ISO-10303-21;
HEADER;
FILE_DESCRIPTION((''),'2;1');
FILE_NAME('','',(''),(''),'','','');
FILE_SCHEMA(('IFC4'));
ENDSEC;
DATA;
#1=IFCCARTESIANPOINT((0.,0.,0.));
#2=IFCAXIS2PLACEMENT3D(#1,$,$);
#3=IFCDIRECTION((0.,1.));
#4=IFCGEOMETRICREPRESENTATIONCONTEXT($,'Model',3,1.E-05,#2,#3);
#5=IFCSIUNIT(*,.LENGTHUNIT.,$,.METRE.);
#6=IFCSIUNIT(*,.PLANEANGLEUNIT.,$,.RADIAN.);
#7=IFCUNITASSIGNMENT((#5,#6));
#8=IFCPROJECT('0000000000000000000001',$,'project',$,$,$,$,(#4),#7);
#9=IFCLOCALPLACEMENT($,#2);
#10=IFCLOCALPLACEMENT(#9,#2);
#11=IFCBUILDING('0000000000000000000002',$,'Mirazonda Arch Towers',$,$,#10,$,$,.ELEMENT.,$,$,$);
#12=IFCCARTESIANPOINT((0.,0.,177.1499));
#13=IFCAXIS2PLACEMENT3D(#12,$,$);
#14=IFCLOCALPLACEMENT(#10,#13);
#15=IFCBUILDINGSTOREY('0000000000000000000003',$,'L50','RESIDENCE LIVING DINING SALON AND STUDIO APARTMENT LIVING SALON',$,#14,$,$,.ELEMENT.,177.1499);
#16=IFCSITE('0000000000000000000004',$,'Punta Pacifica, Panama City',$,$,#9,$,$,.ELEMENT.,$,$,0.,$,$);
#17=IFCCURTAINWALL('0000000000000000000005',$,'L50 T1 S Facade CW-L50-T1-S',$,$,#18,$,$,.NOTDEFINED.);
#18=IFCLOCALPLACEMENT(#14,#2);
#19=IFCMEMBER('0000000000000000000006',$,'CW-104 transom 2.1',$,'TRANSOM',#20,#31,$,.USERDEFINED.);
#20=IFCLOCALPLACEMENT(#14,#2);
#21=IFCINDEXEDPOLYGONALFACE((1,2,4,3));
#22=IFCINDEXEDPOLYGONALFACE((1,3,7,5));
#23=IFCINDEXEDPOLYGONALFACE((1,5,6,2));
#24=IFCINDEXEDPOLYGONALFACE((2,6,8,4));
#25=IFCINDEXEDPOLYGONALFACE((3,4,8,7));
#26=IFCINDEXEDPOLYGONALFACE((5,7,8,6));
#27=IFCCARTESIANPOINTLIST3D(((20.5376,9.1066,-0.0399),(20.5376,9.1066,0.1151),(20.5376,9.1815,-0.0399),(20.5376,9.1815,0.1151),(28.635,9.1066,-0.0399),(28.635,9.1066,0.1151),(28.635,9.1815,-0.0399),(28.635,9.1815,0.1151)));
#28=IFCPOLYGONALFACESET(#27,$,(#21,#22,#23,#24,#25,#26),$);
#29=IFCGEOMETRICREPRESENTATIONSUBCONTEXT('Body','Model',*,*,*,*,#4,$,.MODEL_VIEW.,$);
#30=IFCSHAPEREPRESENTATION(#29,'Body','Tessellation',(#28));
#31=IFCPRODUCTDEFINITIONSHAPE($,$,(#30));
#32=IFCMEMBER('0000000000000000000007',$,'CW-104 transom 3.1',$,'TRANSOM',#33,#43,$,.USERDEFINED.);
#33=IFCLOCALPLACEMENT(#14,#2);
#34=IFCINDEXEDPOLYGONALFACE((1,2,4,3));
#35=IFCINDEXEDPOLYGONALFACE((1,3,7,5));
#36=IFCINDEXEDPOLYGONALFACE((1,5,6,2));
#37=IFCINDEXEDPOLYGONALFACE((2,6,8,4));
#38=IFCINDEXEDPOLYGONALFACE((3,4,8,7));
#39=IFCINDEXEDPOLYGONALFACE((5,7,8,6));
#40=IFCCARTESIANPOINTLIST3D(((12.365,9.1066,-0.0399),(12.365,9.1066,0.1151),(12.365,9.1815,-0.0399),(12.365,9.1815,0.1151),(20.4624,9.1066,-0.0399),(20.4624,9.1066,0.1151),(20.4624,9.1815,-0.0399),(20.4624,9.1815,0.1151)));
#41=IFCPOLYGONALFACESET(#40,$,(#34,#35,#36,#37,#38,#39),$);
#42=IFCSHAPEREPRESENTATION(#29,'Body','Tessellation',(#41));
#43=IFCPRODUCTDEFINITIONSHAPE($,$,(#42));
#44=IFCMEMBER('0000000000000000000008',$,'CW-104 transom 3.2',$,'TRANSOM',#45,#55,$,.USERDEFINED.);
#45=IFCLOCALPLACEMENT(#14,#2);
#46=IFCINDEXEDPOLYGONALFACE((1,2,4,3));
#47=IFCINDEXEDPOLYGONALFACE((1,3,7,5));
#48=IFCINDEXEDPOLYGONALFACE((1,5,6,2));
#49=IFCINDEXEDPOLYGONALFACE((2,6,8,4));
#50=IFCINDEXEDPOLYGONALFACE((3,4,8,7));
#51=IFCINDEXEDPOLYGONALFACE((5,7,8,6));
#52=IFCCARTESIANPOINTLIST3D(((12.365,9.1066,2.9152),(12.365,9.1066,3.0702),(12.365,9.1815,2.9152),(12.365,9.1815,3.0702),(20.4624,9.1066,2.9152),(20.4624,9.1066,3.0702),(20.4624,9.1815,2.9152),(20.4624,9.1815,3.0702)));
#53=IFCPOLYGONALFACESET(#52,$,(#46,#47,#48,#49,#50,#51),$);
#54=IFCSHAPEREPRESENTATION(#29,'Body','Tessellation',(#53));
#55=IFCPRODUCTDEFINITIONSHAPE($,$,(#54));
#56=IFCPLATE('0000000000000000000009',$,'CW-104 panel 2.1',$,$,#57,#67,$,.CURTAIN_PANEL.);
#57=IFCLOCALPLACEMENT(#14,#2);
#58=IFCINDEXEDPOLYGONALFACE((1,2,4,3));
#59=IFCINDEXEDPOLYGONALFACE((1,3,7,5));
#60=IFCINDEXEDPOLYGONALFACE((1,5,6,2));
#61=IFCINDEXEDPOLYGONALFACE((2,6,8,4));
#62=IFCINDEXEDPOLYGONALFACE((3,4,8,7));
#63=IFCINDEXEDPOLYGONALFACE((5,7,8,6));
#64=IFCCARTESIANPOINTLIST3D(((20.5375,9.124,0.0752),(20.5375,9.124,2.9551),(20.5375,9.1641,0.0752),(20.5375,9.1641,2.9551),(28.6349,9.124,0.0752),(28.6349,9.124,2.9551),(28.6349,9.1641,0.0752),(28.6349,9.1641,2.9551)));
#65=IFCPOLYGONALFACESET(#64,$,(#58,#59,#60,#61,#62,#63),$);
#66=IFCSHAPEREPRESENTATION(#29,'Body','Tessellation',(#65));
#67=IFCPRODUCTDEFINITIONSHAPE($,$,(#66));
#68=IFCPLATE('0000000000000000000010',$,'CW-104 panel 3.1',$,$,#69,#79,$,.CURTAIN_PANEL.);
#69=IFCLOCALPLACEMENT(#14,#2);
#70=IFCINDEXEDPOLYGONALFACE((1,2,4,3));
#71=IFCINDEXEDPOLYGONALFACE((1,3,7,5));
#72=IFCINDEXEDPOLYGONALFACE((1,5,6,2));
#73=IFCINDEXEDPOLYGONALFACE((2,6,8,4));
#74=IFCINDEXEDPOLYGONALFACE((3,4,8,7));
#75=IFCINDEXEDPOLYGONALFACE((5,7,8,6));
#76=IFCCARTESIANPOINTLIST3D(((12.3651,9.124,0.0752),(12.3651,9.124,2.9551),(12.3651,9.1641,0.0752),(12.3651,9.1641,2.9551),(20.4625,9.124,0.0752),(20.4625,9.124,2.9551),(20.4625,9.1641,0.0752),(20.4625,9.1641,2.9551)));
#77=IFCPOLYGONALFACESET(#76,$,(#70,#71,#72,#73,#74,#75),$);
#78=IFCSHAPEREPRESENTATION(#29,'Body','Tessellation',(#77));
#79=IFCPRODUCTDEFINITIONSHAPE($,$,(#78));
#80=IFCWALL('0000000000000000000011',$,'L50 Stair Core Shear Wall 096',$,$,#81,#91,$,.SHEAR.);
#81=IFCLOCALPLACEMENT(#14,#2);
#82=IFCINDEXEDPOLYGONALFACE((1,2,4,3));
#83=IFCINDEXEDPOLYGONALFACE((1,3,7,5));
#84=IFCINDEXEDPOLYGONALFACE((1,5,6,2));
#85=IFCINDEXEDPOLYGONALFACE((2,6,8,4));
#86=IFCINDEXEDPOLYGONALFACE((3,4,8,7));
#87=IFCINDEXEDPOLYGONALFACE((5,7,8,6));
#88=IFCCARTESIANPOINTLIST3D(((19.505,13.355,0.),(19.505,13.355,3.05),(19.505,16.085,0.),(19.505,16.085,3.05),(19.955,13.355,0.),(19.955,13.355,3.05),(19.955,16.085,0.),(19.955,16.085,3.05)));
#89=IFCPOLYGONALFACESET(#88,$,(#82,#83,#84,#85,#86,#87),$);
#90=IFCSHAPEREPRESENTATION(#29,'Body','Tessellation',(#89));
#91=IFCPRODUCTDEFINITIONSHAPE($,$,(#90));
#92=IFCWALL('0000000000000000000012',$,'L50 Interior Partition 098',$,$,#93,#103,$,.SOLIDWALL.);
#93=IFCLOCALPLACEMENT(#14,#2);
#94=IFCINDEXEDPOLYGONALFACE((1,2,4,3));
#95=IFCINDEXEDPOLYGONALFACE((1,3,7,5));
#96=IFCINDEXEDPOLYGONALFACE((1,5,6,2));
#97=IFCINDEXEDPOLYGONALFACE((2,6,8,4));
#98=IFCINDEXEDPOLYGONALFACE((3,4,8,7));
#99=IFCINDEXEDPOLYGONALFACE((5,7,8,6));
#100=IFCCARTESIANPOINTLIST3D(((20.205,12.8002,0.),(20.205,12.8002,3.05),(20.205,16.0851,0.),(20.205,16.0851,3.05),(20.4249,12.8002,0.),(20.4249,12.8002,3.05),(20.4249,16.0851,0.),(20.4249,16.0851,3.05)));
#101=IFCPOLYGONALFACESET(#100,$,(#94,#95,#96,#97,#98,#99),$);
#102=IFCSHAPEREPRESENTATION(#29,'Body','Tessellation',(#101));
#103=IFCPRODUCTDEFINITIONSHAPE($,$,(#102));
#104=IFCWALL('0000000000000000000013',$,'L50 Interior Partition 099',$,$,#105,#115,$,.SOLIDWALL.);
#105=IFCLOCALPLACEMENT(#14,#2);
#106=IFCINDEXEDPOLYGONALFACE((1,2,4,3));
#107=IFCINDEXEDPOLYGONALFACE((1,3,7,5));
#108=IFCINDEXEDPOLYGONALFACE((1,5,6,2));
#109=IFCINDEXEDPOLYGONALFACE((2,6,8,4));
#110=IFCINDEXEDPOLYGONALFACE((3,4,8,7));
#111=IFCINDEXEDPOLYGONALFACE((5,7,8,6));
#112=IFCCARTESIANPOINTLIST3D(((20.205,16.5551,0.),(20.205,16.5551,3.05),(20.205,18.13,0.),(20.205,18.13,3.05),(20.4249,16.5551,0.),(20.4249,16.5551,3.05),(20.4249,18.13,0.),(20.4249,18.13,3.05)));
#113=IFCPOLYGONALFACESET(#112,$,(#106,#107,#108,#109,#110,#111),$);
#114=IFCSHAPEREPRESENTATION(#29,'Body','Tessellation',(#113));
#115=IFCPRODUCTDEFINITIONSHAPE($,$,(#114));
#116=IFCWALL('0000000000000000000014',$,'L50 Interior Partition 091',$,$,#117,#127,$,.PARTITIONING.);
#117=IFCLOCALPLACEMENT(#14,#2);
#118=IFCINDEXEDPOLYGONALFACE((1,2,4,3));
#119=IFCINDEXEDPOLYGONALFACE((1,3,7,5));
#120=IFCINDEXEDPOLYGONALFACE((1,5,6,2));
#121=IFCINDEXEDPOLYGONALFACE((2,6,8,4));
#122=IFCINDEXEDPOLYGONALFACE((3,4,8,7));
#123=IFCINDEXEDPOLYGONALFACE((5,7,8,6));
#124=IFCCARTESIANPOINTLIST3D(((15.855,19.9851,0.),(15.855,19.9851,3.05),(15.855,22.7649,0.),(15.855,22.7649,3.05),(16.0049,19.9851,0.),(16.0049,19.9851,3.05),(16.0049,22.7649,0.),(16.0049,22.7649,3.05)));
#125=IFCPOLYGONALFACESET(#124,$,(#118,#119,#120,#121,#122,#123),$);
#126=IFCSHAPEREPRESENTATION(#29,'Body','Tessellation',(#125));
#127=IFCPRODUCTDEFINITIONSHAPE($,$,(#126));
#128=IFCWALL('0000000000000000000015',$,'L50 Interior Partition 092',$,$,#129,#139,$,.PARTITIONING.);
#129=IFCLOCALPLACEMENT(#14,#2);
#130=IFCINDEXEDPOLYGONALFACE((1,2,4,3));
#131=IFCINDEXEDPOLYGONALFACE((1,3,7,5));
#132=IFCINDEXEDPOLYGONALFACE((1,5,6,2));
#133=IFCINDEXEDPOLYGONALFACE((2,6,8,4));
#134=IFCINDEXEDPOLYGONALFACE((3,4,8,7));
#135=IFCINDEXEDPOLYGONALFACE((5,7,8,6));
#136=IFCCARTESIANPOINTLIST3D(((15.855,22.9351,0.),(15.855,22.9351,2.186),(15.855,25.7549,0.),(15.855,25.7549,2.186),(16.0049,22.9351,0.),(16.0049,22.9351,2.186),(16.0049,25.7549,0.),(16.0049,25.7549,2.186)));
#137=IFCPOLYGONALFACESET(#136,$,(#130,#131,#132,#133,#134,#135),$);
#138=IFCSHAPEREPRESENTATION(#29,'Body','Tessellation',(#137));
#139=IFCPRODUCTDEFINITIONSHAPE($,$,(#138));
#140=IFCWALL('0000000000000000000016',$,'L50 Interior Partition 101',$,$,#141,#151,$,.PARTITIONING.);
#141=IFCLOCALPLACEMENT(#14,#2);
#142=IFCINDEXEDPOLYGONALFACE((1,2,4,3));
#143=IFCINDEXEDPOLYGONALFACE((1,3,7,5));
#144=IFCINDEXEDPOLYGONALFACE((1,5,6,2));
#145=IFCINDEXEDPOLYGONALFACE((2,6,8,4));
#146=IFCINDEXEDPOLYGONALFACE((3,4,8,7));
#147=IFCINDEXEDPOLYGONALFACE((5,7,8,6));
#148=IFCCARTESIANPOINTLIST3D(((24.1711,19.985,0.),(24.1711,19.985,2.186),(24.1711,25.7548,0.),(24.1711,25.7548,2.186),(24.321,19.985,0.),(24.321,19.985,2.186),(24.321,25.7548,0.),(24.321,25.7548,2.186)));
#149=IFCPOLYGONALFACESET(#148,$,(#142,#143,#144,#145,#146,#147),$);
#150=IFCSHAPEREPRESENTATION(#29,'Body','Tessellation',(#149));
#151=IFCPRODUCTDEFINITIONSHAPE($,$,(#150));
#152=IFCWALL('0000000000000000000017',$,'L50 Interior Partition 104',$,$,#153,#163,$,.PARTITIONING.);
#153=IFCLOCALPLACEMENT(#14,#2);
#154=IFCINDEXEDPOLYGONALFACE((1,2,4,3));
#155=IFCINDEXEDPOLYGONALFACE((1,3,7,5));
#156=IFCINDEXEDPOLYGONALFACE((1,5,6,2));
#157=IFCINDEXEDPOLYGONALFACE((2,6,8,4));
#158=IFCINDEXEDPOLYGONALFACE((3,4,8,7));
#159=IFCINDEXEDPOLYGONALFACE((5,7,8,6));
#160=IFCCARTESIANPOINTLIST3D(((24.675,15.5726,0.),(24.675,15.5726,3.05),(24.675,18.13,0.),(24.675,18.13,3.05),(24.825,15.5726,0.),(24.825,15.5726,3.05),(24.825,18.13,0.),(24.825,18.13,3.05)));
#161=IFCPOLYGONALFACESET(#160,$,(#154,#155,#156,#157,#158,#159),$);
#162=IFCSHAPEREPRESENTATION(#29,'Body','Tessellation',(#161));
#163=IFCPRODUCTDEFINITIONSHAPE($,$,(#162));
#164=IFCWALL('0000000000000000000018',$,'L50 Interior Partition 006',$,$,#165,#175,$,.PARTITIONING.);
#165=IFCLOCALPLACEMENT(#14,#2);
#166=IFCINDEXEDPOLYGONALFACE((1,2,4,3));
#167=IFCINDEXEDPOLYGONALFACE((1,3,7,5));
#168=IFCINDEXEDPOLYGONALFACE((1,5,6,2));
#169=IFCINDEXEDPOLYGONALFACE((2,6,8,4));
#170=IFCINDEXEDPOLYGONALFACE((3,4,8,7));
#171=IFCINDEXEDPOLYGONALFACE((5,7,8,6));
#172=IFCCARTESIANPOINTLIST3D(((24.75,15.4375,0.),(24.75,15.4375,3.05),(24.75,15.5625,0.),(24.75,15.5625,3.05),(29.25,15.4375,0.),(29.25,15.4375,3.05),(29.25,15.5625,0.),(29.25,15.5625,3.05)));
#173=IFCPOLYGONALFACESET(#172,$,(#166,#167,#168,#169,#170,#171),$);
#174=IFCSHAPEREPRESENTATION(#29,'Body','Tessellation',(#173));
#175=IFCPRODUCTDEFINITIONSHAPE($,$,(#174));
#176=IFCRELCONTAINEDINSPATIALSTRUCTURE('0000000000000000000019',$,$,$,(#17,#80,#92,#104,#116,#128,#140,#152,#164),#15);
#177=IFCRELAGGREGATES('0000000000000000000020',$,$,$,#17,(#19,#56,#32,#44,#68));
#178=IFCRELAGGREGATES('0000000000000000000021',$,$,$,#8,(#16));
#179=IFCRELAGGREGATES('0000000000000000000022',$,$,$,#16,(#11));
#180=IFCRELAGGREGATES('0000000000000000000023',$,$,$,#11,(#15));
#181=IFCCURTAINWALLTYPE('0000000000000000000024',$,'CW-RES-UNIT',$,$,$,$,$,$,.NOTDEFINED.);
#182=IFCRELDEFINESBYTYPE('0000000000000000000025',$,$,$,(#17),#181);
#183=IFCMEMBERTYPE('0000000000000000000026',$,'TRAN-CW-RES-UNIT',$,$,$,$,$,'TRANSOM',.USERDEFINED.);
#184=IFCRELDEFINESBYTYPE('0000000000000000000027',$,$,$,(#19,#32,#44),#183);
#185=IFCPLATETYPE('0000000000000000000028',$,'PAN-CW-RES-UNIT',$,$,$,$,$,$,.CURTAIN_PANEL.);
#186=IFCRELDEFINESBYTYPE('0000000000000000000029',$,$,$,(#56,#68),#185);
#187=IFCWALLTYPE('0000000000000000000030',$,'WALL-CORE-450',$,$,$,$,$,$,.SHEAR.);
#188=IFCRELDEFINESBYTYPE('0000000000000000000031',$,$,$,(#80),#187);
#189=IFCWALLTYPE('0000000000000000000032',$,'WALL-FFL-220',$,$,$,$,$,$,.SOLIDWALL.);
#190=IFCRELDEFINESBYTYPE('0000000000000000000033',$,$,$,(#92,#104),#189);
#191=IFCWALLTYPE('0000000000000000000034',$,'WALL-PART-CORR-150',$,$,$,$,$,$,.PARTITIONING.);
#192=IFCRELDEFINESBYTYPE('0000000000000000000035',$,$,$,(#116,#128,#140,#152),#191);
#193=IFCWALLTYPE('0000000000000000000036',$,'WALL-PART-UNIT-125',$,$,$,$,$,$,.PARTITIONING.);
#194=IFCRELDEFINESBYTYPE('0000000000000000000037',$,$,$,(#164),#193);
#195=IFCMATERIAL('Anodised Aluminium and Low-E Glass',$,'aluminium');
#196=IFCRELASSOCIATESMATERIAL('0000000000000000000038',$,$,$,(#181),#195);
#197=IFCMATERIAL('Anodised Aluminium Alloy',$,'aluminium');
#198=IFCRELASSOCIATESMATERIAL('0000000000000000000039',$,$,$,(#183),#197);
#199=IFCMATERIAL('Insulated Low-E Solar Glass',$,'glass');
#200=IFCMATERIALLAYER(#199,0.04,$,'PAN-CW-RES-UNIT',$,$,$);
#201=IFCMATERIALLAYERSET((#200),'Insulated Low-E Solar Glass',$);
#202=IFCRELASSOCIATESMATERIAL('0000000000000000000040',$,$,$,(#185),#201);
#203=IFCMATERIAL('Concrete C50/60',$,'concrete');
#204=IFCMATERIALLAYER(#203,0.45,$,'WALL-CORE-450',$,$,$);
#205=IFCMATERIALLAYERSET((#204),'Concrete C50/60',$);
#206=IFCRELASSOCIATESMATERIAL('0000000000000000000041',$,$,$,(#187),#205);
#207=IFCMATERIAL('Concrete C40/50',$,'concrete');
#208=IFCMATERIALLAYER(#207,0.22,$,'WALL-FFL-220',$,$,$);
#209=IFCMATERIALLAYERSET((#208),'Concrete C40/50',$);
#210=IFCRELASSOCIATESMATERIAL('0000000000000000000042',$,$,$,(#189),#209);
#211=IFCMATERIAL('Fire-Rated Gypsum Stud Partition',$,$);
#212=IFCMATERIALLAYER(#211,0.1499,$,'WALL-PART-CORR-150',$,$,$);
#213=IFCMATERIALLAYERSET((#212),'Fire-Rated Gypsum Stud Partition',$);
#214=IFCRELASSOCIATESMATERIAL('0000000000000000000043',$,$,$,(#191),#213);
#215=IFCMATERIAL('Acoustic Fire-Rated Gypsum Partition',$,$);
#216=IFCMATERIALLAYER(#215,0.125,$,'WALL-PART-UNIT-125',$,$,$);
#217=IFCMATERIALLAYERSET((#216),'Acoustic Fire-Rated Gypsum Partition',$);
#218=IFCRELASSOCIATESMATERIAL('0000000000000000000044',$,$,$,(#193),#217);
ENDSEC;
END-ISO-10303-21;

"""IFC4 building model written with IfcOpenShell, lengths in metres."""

from ifc_helpers import new_model, si_unit, direction, frame, frame_2d, origin, origin_2d, place, context, subcontext, project, spatial, rectangle, extrude, material, layer, layer_set, material_profile, profile_set, type_object, element, aggregate, save


model = new_model("IFC4")

# Units and contexts
model_context = context("Model", 3, precision=1e-05, world=origin(), true_north=direction((0.0, 1.0)))
body_context = subcontext(model_context, "Body", "Model", "MODEL_VIEW")
ifc_project = project(units=[si_unit("LENGTHUNIT", "METRE"), si_unit("PLANEANGLEUNIT", "RADIAN")], contexts=[model_context])

# Site, building, storey
site_placement = place(None, origin())
site = spatial("IfcSite", under=ifc_project, at=site_placement, Name="Punta Pacifica, Panama City", CompositionType="ELEMENT", RefElevation=0.0)
building_placement = place(site_placement, origin())
building = spatial("IfcBuilding", under=site, at=building_placement, Name="Mirazonda Arch Towers", CompositionType="ELEMENT")
storey_placement = place(building_placement, frame((0.0, 0.0, 177.1499)))
storey = spatial("IfcBuildingStorey", under=building, at=storey_placement, Name="L50", Description="RESIDENCE LIVING DINING SALON AND STUDIO APARTMENT LIVING SALON", CompositionType="ELEMENT", Elevation=177.1499)

# Shared definitions
ifc_material_1 = material(Name="Concrete C50/60", Category="concrete")

# Curtain wall, members, plates
ifc_material_2 = material(Name="Anodised Aluminium and Low-E Glass", Category="aluminium")
curtain_wall_type = type_object("IfcCurtainWallType", Name="CW-RES-UNIT", PredefinedType="NOTDEFINED", material=ifc_material_2)
curtain_wall_placement = place(storey_placement, origin())
curtain_wall = element("IfcCurtainWall", 1, at=curtain_wall_placement, inside=storey, type_object=curtain_wall_type, Name="L50 T1 S Facade CW-L50-T1-S", PredefinedType="NOTDEFINED")
ifc_material_3 = material(Name="Anodised Aluminium Alloy", Category="aluminium")
ifc_material_profile_1 = material_profile(ifc_material_3, rectangle(XDim=0.075, YDim=0.155, at=origin_2d()), Name="ALU-TRAN-75x155")
ifc_profile_set_1 = profile_set([ifc_material_profile_1], Name="Anodised Aluminium Alloy")
member_type_1 = type_object("IfcMemberType", Name="TRAN-CW-RES-UNIT", ElementType="TRANSOM", PredefinedType="USERDEFINED", material=ifc_profile_set_1)
member_1_placement = place(storey_placement, frame((28.635, 9.144, 0.0376), z_axis=(-1.0, 0.0, 0.0), x_axis=(0.0, -1.0, 0.0)))
member_1 = element("IfcMember", 2, at=member_1_placement, type_object=member_type_1, Name="CW-104 transom 2.1", ObjectType="TRANSOM", PredefinedType="USERDEFINED", context=body_context, shape_type="SweptSolid", body=[
    extrude(rectangle(XDim=0.075, YDim=0.155, at=origin_2d()), origin(), (0.0, 0.0, 1.0), 8.0974),
])
member_2_placement = place(storey_placement, frame((20.4624, 9.144, 0.0376), z_axis=(-1.0, 0.0, 0.0), x_axis=(0.0, -1.0, 0.0)))
member_2 = element("IfcMember", 3, at=member_2_placement, type_object=member_type_1, Name="CW-104 transom 3.1", ObjectType="TRANSOM", PredefinedType="USERDEFINED", context=body_context, shape_type="SweptSolid", body=[
    extrude(rectangle(XDim=0.075, YDim=0.155, at=origin_2d()), origin(), (0.0, 0.0, 1.0), 8.0974),
])
member_3_placement = place(storey_placement, frame((20.4624, 9.144, 2.9927), z_axis=(-1.0, 0.0, 0.0), x_axis=(0.0, -1.0, 0.0)))
member_3 = element("IfcMember", 4, at=member_3_placement, type_object=member_type_1, Name="CW-104 transom 3.2", ObjectType="TRANSOM", PredefinedType="USERDEFINED", context=body_context, shape_type="SweptSolid", body=[
    extrude(rectangle(XDim=0.075, YDim=0.155, at=origin_2d()), origin(), (0.0, 0.0, 1.0), 8.0974),
])
ifc_material_4 = material(Name="Insulated Low-E Solar Glass", Category="glass")
ifc_layer_1 = layer(ifc_material_4, 0.04, Name="PAN-CW-RES-UNIT")
ifc_layer_set_1 = layer_set([ifc_layer_1], Name="Insulated Low-E Solar Glass")
plate_type = type_object("IfcPlateType", Name="PAN-CW-RES-UNIT", PredefinedType="CURTAIN_PANEL", material=ifc_layer_set_1)
plate_1_placement = place(storey_placement, frame((24.5862, 9.144, 0.0752), z_axis=(0.0, 0.0, 1.0), x_axis=(-1.0, 0.0, 0.0)))
plate_1 = element("IfcPlate", 5, at=plate_1_placement, type_object=plate_type, Name="CW-104 panel 2.1", PredefinedType="CURTAIN_PANEL", context=body_context, shape_type="SweptSolid", body=[
    extrude(rectangle(XDim=8.0974, YDim=0.04, at=origin_2d()), origin(), (0.0, 0.0, 1.0), 2.8799),
])
plate_2_placement = place(storey_placement, frame((16.4138, 9.144, 0.0752), z_axis=(0.0, 0.0, 1.0), x_axis=(-1.0, 0.0, 0.0)))
plate_2 = element("IfcPlate", 6, at=plate_2_placement, type_object=plate_type, Name="CW-104 panel 3.1", PredefinedType="CURTAIN_PANEL", context=body_context, shape_type="SweptSolid", body=[
    extrude(rectangle(XDim=8.0974, YDim=0.04, at=origin_2d()), origin(), (0.0, 0.0, 1.0), 2.8799),
])
aggregate(curtain_wall, [member_1, plate_1, member_2, member_3, plate_2])

# Walls
ifc_layer_2 = layer(ifc_material_1, 0.45, Name="WALL-CORE-450")
ifc_layer_set_2 = layer_set([ifc_layer_2], Name="Concrete C50/60")
wall_type_1 = type_object("IfcWallType", Name="WALL-CORE-450", PredefinedType="SHEAR", material=ifc_layer_set_2)
wall_1_placement = place(storey_placement, frame((19.73, 13.355, 0.0), z_axis=(0.0, 0.0, 1.0), x_axis=(0.0, 1.0, 0.0)))
element("IfcWall", 7, at=wall_1_placement, inside=storey, type_object=wall_type_1, Name="L50 Stair Core Shear Wall 096", PredefinedType="SHEAR", context=body_context, shape_type="SweptSolid", body=[
    extrude(rectangle(XDim=2.73, YDim=0.45, at=frame_2d((1.365, 0.0))), origin(), (0.0, 0.0, 1.0), 3.05),
])
ifc_material_5 = material(Name="Concrete C40/50", Category="concrete")
ifc_layer_3 = layer(ifc_material_5, 0.22, Name="WALL-FFL-220")
ifc_layer_set_3 = layer_set([ifc_layer_3], Name="Concrete C40/50")
wall_type_2 = type_object("IfcWallType", Name="WALL-FFL-220", PredefinedType="SOLIDWALL", material=ifc_layer_set_3)
wall_2_placement = place(storey_placement, frame((20.3149, 12.8, 0.0), z_axis=(0.0, 0.0, 1.0), x_axis=(0.0, 1.0, 0.0)))
element("IfcWall", 8, at=wall_2_placement, inside=storey, type_object=wall_type_2, Name="L50 Interior Partition 098", PredefinedType="SOLIDWALL", context=body_context, shape_type="SweptSolid", body=[
    extrude(rectangle(XDim=3.2849, YDim=0.22, at=frame_2d((1.6426, 0.0))), origin(), (0.0, 0.0, 1.0), 3.05),
])
wall_3_placement = place(storey_placement, frame((20.3149, 16.5549, 0.0), z_axis=(0.0, 0.0, 1.0), x_axis=(0.0, 1.0, 0.0)))
element("IfcWall", 9, at=wall_3_placement, inside=storey, type_object=wall_type_2, Name="L50 Interior Partition 099", PredefinedType="SOLIDWALL", context=body_context, shape_type="SweptSolid", body=[
    extrude(rectangle(XDim=1.575, YDim=0.22, at=frame_2d((0.7876, 0.0))), origin(), (0.0, 0.0, 1.0), 3.05),
])
ifc_material_6 = material(Name="Fire-Rated Gypsum Stud Partition")
ifc_layer_4 = layer(ifc_material_6, 0.1499, Name="WALL-PART-CORR-150")
ifc_layer_set_4 = layer_set([ifc_layer_4], Name="Fire-Rated Gypsum Stud Partition")
wall_type_3 = type_object("IfcWallType", Name="WALL-PART-CORR-150", PredefinedType="PARTITIONING", material=ifc_layer_set_4)
wall_4_placement = place(storey_placement, frame((15.9299, 19.9851, 0.0), z_axis=(0.0, 0.0, 1.0), x_axis=(0.0, 1.0, 0.0)))
element("IfcWall", 10, at=wall_4_placement, inside=storey, type_object=wall_type_3, Name="L50 Interior Partition 091", PredefinedType="PARTITIONING", context=body_context, shape_type="SweptSolid", body=[
    extrude(rectangle(XDim=2.7798, YDim=0.1499, at=frame_2d((1.3899, 0.0))), origin(), (0.0, 0.0, 1.0), 3.05),
])
wall_5_placement = place(storey_placement, frame((15.9299, 22.9351, 0.0), z_axis=(0.0, 0.0, 1.0), x_axis=(0.0, 1.0, 0.0)))
element("IfcWall", 11, at=wall_5_placement, inside=storey, type_object=wall_type_3, Name="L50 Interior Partition 092", PredefinedType="PARTITIONING", context=body_context, shape_type="SweptSolid", body=[
    extrude(rectangle(XDim=2.8198, YDim=0.1499, at=frame_2d((1.4099, 0.0))), origin(), (0.0, 0.0, 1.0), 2.186),
])
wall_6_placement = place(storey_placement, frame((24.2461, 19.9851, 0.0), z_axis=(0.0, 0.0, 1.0), x_axis=(0.0, 1.0, 0.0)))
element("IfcWall", 12, at=wall_6_placement, inside=storey, type_object=wall_type_3, Name="L50 Interior Partition 101", PredefinedType="PARTITIONING", context=body_context, shape_type="SweptSolid", body=[
    extrude(rectangle(XDim=5.7698, YDim=0.1499, at=frame_2d((2.8848, 0.0))), origin(), (0.0, 0.0, 1.0), 2.186),
])

# Walls
wall_7_placement = place(storey_placement, frame((24.75, 15.5725, 0.0), z_axis=(0.0, 0.0, 1.0), x_axis=(0.0, 1.0, 0.0)))
element("IfcWall", 13, at=wall_7_placement, inside=storey, type_object=wall_type_3, Name="L50 Interior Partition 104", PredefinedType="PARTITIONING", context=body_context, shape_type="SweptSolid", body=[
    extrude(rectangle(XDim=2.5574, YDim=0.1499, at=frame_2d((1.2788, 0.0))), origin(), (0.0, 0.0, 1.0), 3.05),
])
ifc_material_7 = material(Name="Acoustic Fire-Rated Gypsum Partition")
ifc_layer_5 = layer(ifc_material_7, 0.125, Name="WALL-PART-UNIT-125")
ifc_layer_set_5 = layer_set([ifc_layer_5], Name="Acoustic Fire-Rated Gypsum Partition")
wall_type_4 = type_object("IfcWallType", Name="WALL-PART-UNIT-125", PredefinedType="PARTITIONING", material=ifc_layer_set_5)
wall_8_placement = place(storey_placement, frame((24.75, 15.5, 0.0), z_axis=(0.0, 0.0, 1.0), x_axis=(1.0, 0.0, 0.0)))
element("IfcWall", 14, at=wall_8_placement, inside=storey, type_object=wall_type_4, Name="L50 Interior Partition 006", PredefinedType="PARTITIONING", context=body_context, shape_type="SweptSolid", body=[
    extrude(rectangle(XDim=4.5, YDim=0.125, at=frame_2d((2.25, 0.0))), origin(), (0.0, 0.0, 1.0), 3.05),
])

save(model, "model.ifc")
